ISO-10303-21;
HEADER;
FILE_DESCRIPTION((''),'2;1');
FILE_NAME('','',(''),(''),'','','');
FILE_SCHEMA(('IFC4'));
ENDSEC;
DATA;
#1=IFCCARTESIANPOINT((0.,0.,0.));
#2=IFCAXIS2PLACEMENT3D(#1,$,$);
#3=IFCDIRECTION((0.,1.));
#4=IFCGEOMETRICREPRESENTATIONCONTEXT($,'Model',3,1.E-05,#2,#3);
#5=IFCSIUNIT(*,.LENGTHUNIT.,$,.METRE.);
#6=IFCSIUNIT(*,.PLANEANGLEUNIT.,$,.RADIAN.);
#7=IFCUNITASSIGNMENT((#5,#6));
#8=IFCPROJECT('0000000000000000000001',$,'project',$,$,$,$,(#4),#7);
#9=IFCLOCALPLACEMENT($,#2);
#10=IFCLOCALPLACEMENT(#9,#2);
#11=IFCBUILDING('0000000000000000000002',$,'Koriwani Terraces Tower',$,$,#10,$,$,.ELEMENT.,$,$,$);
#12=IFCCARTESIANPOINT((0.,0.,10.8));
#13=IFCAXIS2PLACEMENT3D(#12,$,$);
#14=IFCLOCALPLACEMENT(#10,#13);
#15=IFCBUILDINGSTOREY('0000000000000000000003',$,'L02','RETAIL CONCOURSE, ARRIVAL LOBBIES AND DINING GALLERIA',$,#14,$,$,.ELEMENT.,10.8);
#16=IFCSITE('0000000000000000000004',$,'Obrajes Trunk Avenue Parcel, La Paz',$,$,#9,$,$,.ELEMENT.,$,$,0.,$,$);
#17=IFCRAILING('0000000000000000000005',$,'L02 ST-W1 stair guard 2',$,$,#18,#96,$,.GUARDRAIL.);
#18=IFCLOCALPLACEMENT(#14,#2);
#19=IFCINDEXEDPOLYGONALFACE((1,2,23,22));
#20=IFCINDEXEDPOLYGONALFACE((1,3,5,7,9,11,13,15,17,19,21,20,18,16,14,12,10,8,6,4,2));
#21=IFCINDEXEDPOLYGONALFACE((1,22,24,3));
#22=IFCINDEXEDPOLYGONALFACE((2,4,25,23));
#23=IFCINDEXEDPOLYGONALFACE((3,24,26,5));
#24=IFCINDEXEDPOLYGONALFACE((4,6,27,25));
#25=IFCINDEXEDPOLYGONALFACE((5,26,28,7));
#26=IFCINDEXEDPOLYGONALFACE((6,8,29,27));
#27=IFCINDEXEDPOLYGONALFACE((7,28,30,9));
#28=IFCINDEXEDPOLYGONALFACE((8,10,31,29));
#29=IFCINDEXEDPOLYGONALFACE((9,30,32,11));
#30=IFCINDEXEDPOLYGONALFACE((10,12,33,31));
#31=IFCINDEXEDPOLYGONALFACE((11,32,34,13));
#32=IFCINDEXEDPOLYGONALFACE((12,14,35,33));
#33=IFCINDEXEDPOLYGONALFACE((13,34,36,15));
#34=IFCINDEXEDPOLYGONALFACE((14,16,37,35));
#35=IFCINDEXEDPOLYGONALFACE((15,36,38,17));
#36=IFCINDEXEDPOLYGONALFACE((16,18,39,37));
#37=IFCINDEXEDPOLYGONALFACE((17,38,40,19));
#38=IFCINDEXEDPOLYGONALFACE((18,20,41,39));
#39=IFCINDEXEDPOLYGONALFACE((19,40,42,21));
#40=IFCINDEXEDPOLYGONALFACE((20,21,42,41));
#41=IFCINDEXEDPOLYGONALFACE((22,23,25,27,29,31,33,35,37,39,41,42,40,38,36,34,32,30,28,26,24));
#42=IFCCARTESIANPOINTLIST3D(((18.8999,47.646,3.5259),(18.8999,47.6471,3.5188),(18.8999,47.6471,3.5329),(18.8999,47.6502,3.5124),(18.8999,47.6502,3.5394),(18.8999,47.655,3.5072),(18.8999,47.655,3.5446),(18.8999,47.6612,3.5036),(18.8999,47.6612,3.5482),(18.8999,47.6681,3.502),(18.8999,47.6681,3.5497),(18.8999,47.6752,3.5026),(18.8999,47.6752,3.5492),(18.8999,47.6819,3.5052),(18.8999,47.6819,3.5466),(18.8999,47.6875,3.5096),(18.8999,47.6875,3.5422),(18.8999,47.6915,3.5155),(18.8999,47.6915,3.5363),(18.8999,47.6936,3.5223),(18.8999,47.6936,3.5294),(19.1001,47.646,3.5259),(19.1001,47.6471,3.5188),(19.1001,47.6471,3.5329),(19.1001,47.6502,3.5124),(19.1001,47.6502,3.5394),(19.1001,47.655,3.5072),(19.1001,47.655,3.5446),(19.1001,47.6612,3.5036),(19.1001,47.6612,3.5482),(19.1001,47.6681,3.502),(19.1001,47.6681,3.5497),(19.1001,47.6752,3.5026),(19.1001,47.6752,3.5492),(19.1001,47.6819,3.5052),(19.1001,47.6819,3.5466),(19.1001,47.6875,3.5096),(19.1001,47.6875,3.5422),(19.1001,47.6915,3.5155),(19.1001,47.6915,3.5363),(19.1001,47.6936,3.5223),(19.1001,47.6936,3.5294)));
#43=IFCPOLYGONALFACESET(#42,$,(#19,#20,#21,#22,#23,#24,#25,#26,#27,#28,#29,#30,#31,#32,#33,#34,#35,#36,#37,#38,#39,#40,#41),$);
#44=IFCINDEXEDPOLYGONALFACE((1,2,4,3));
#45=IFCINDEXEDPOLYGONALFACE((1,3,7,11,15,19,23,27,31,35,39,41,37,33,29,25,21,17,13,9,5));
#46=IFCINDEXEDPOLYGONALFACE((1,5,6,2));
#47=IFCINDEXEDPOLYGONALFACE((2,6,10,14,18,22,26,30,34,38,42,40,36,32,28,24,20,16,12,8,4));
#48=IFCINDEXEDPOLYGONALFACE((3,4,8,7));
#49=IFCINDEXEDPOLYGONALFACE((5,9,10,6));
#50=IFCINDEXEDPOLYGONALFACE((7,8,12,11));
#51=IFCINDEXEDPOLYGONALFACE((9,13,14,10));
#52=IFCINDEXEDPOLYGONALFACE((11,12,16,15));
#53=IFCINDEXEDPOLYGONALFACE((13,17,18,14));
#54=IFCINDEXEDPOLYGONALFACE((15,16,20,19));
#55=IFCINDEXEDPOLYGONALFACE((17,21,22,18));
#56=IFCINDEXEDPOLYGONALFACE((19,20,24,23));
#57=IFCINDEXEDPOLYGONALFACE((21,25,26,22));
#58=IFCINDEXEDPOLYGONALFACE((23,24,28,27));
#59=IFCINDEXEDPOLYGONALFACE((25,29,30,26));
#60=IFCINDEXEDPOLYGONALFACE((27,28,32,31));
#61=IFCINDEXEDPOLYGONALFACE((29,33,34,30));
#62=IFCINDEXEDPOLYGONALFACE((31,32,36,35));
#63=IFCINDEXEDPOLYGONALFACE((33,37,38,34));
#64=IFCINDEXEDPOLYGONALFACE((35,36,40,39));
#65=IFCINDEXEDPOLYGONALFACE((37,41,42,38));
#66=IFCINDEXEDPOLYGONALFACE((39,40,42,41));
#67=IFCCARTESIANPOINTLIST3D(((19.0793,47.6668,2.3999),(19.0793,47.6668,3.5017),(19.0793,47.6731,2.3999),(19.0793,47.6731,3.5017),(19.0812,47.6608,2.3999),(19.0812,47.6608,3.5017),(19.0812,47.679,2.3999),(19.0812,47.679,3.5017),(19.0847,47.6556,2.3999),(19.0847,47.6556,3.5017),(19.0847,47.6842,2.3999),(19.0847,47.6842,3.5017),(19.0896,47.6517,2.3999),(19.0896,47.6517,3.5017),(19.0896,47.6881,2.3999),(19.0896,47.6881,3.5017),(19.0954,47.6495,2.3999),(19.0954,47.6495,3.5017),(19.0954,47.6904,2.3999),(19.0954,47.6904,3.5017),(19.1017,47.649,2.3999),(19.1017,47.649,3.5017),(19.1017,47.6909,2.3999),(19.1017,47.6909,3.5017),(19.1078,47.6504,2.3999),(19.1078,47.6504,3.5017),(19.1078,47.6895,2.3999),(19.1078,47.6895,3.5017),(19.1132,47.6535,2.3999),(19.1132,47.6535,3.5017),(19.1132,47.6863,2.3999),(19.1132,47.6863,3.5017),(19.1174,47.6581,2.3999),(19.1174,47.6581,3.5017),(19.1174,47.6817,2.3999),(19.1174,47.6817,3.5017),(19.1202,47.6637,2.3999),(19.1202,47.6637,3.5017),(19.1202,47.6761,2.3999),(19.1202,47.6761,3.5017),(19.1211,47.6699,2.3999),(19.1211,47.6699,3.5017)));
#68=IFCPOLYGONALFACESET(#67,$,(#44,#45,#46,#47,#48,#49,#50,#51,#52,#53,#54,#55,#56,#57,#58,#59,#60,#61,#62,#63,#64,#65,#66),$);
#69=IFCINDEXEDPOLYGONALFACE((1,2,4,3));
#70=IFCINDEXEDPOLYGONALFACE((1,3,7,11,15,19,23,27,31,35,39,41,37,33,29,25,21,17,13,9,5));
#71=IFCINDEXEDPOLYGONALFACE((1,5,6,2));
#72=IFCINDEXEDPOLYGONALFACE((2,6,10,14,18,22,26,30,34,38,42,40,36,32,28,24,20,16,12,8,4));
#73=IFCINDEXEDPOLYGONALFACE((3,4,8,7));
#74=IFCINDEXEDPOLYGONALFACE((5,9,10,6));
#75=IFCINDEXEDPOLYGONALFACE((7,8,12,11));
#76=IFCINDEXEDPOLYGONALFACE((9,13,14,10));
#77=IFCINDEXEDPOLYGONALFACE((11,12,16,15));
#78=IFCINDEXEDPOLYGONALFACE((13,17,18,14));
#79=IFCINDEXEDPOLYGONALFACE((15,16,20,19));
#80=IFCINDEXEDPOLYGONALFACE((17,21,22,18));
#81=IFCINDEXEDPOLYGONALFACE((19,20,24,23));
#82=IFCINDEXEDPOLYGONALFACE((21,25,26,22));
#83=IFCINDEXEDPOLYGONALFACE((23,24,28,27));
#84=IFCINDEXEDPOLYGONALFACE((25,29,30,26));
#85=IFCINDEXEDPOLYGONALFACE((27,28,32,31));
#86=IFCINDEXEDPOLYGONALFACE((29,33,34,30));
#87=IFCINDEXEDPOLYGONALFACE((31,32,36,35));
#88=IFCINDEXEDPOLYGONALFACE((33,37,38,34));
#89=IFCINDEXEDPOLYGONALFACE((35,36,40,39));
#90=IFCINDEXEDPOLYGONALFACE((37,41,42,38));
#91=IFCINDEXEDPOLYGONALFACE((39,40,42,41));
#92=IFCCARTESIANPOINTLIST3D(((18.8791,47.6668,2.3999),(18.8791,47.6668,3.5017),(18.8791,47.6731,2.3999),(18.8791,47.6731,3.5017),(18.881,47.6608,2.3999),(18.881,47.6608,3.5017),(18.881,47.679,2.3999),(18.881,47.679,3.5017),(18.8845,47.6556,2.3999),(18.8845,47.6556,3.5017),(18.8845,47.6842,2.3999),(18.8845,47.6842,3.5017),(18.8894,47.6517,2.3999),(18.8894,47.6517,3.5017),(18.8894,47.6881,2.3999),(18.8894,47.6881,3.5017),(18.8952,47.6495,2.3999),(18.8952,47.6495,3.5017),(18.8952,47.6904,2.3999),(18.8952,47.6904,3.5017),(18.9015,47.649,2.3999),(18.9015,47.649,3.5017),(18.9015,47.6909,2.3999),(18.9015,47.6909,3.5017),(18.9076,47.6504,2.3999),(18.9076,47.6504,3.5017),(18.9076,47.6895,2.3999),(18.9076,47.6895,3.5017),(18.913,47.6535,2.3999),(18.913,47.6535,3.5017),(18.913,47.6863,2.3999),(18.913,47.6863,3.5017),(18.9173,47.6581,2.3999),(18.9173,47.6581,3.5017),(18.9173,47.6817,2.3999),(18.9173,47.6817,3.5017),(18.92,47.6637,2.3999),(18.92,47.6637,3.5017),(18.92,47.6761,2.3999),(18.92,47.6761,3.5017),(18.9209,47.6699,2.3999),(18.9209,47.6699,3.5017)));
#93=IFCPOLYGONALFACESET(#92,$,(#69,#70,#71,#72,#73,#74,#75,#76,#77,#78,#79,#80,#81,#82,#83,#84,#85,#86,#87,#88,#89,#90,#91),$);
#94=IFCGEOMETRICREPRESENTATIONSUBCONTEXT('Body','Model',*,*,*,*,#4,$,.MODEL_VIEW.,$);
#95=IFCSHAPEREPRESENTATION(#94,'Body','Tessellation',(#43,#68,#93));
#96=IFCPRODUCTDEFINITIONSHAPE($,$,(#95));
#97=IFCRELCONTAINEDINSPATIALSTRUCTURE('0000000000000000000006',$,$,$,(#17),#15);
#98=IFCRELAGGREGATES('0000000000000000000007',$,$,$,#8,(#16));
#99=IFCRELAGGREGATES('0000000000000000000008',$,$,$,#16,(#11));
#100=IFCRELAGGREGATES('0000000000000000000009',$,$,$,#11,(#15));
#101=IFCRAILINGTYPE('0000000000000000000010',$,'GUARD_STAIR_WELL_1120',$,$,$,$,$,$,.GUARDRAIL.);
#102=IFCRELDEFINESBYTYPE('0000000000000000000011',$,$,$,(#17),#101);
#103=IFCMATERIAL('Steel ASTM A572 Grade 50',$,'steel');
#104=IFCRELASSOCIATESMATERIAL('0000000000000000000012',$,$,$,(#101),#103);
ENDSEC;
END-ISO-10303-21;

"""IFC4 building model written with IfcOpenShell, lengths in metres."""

from ifc_helpers import new_model, si_unit, direction, frame, origin, origin_2d, place, context, subcontext, project, spatial, circle, extrude, material, type_object, element, save


model = new_model("IFC4")

# Units and contexts
model_context = context("Model", 3, precision=1e-05, world=origin(), true_north=direction((0.0, 1.0)))
body_context = subcontext(model_context, "Body", "Model", "MODEL_VIEW")
ifc_project = project(units=[si_unit("LENGTHUNIT", "METRE"), si_unit("PLANEANGLEUNIT", "RADIAN")], contexts=[model_context])

# Site, building, storey
site_placement = place(None, origin())
site = spatial("IfcSite", under=ifc_project, at=site_placement, Name="Obrajes Trunk Avenue Parcel, La Paz", CompositionType="ELEMENT", RefElevation=0.0)
building_placement = place(site_placement, origin())
building = spatial("IfcBuilding", under=site, at=building_placement, Name="Koriwani Terraces Tower", CompositionType="ELEMENT")
storey_placement = place(building_placement, frame((0.0, 0.0, 10.8)))
storey = spatial("IfcBuildingStorey", under=building, at=storey_placement, Name="L02", Description="RETAIL CONCOURSE, ARRIVAL LOBBIES AND DINING GALLERIA", CompositionType="ELEMENT", Elevation=10.8)

# Shared definitions
ifc_material_1 = material(Name="Steel ASTM A572 Grade 50", Category="steel")

# Railing
railing_type_1 = type_object("IfcRailingType", Name="GUARD_STAIR_WELL_1120", PredefinedType="GUARDRAIL", material=ifc_material_1)
railing_1_placement = place(storey_placement, frame((19.1001, 47.6699, 2.3999)))
element("IfcRailing", 1, at=railing_1_placement, inside=storey, type_object=railing_type_1, Name="L02 ST-W1 stair guard 2", PredefinedType="GUARDRAIL", context=body_context, shape_type="SweptSolid", body=[
    extrude(circle(Radius=0.0239, at=origin_2d()), frame((0.0, 0.0, 1.126), z_axis=(-1.0, 0.0, 0.0), x_axis=(0.0, -1.0, 0.0)), (0.0, 0.0, 1.0), 0.2002),
    extrude(circle(Radius=0.021, at=origin_2d()), origin(), (0.0, 0.0, 1.0), 1.1018),
    extrude(circle(Radius=0.021, at=origin_2d()), frame((-0.2002, 0.0, 0.0)), (0.0, 0.0, 1.0), 1.1018),
])

save(model, "model.ifc")
